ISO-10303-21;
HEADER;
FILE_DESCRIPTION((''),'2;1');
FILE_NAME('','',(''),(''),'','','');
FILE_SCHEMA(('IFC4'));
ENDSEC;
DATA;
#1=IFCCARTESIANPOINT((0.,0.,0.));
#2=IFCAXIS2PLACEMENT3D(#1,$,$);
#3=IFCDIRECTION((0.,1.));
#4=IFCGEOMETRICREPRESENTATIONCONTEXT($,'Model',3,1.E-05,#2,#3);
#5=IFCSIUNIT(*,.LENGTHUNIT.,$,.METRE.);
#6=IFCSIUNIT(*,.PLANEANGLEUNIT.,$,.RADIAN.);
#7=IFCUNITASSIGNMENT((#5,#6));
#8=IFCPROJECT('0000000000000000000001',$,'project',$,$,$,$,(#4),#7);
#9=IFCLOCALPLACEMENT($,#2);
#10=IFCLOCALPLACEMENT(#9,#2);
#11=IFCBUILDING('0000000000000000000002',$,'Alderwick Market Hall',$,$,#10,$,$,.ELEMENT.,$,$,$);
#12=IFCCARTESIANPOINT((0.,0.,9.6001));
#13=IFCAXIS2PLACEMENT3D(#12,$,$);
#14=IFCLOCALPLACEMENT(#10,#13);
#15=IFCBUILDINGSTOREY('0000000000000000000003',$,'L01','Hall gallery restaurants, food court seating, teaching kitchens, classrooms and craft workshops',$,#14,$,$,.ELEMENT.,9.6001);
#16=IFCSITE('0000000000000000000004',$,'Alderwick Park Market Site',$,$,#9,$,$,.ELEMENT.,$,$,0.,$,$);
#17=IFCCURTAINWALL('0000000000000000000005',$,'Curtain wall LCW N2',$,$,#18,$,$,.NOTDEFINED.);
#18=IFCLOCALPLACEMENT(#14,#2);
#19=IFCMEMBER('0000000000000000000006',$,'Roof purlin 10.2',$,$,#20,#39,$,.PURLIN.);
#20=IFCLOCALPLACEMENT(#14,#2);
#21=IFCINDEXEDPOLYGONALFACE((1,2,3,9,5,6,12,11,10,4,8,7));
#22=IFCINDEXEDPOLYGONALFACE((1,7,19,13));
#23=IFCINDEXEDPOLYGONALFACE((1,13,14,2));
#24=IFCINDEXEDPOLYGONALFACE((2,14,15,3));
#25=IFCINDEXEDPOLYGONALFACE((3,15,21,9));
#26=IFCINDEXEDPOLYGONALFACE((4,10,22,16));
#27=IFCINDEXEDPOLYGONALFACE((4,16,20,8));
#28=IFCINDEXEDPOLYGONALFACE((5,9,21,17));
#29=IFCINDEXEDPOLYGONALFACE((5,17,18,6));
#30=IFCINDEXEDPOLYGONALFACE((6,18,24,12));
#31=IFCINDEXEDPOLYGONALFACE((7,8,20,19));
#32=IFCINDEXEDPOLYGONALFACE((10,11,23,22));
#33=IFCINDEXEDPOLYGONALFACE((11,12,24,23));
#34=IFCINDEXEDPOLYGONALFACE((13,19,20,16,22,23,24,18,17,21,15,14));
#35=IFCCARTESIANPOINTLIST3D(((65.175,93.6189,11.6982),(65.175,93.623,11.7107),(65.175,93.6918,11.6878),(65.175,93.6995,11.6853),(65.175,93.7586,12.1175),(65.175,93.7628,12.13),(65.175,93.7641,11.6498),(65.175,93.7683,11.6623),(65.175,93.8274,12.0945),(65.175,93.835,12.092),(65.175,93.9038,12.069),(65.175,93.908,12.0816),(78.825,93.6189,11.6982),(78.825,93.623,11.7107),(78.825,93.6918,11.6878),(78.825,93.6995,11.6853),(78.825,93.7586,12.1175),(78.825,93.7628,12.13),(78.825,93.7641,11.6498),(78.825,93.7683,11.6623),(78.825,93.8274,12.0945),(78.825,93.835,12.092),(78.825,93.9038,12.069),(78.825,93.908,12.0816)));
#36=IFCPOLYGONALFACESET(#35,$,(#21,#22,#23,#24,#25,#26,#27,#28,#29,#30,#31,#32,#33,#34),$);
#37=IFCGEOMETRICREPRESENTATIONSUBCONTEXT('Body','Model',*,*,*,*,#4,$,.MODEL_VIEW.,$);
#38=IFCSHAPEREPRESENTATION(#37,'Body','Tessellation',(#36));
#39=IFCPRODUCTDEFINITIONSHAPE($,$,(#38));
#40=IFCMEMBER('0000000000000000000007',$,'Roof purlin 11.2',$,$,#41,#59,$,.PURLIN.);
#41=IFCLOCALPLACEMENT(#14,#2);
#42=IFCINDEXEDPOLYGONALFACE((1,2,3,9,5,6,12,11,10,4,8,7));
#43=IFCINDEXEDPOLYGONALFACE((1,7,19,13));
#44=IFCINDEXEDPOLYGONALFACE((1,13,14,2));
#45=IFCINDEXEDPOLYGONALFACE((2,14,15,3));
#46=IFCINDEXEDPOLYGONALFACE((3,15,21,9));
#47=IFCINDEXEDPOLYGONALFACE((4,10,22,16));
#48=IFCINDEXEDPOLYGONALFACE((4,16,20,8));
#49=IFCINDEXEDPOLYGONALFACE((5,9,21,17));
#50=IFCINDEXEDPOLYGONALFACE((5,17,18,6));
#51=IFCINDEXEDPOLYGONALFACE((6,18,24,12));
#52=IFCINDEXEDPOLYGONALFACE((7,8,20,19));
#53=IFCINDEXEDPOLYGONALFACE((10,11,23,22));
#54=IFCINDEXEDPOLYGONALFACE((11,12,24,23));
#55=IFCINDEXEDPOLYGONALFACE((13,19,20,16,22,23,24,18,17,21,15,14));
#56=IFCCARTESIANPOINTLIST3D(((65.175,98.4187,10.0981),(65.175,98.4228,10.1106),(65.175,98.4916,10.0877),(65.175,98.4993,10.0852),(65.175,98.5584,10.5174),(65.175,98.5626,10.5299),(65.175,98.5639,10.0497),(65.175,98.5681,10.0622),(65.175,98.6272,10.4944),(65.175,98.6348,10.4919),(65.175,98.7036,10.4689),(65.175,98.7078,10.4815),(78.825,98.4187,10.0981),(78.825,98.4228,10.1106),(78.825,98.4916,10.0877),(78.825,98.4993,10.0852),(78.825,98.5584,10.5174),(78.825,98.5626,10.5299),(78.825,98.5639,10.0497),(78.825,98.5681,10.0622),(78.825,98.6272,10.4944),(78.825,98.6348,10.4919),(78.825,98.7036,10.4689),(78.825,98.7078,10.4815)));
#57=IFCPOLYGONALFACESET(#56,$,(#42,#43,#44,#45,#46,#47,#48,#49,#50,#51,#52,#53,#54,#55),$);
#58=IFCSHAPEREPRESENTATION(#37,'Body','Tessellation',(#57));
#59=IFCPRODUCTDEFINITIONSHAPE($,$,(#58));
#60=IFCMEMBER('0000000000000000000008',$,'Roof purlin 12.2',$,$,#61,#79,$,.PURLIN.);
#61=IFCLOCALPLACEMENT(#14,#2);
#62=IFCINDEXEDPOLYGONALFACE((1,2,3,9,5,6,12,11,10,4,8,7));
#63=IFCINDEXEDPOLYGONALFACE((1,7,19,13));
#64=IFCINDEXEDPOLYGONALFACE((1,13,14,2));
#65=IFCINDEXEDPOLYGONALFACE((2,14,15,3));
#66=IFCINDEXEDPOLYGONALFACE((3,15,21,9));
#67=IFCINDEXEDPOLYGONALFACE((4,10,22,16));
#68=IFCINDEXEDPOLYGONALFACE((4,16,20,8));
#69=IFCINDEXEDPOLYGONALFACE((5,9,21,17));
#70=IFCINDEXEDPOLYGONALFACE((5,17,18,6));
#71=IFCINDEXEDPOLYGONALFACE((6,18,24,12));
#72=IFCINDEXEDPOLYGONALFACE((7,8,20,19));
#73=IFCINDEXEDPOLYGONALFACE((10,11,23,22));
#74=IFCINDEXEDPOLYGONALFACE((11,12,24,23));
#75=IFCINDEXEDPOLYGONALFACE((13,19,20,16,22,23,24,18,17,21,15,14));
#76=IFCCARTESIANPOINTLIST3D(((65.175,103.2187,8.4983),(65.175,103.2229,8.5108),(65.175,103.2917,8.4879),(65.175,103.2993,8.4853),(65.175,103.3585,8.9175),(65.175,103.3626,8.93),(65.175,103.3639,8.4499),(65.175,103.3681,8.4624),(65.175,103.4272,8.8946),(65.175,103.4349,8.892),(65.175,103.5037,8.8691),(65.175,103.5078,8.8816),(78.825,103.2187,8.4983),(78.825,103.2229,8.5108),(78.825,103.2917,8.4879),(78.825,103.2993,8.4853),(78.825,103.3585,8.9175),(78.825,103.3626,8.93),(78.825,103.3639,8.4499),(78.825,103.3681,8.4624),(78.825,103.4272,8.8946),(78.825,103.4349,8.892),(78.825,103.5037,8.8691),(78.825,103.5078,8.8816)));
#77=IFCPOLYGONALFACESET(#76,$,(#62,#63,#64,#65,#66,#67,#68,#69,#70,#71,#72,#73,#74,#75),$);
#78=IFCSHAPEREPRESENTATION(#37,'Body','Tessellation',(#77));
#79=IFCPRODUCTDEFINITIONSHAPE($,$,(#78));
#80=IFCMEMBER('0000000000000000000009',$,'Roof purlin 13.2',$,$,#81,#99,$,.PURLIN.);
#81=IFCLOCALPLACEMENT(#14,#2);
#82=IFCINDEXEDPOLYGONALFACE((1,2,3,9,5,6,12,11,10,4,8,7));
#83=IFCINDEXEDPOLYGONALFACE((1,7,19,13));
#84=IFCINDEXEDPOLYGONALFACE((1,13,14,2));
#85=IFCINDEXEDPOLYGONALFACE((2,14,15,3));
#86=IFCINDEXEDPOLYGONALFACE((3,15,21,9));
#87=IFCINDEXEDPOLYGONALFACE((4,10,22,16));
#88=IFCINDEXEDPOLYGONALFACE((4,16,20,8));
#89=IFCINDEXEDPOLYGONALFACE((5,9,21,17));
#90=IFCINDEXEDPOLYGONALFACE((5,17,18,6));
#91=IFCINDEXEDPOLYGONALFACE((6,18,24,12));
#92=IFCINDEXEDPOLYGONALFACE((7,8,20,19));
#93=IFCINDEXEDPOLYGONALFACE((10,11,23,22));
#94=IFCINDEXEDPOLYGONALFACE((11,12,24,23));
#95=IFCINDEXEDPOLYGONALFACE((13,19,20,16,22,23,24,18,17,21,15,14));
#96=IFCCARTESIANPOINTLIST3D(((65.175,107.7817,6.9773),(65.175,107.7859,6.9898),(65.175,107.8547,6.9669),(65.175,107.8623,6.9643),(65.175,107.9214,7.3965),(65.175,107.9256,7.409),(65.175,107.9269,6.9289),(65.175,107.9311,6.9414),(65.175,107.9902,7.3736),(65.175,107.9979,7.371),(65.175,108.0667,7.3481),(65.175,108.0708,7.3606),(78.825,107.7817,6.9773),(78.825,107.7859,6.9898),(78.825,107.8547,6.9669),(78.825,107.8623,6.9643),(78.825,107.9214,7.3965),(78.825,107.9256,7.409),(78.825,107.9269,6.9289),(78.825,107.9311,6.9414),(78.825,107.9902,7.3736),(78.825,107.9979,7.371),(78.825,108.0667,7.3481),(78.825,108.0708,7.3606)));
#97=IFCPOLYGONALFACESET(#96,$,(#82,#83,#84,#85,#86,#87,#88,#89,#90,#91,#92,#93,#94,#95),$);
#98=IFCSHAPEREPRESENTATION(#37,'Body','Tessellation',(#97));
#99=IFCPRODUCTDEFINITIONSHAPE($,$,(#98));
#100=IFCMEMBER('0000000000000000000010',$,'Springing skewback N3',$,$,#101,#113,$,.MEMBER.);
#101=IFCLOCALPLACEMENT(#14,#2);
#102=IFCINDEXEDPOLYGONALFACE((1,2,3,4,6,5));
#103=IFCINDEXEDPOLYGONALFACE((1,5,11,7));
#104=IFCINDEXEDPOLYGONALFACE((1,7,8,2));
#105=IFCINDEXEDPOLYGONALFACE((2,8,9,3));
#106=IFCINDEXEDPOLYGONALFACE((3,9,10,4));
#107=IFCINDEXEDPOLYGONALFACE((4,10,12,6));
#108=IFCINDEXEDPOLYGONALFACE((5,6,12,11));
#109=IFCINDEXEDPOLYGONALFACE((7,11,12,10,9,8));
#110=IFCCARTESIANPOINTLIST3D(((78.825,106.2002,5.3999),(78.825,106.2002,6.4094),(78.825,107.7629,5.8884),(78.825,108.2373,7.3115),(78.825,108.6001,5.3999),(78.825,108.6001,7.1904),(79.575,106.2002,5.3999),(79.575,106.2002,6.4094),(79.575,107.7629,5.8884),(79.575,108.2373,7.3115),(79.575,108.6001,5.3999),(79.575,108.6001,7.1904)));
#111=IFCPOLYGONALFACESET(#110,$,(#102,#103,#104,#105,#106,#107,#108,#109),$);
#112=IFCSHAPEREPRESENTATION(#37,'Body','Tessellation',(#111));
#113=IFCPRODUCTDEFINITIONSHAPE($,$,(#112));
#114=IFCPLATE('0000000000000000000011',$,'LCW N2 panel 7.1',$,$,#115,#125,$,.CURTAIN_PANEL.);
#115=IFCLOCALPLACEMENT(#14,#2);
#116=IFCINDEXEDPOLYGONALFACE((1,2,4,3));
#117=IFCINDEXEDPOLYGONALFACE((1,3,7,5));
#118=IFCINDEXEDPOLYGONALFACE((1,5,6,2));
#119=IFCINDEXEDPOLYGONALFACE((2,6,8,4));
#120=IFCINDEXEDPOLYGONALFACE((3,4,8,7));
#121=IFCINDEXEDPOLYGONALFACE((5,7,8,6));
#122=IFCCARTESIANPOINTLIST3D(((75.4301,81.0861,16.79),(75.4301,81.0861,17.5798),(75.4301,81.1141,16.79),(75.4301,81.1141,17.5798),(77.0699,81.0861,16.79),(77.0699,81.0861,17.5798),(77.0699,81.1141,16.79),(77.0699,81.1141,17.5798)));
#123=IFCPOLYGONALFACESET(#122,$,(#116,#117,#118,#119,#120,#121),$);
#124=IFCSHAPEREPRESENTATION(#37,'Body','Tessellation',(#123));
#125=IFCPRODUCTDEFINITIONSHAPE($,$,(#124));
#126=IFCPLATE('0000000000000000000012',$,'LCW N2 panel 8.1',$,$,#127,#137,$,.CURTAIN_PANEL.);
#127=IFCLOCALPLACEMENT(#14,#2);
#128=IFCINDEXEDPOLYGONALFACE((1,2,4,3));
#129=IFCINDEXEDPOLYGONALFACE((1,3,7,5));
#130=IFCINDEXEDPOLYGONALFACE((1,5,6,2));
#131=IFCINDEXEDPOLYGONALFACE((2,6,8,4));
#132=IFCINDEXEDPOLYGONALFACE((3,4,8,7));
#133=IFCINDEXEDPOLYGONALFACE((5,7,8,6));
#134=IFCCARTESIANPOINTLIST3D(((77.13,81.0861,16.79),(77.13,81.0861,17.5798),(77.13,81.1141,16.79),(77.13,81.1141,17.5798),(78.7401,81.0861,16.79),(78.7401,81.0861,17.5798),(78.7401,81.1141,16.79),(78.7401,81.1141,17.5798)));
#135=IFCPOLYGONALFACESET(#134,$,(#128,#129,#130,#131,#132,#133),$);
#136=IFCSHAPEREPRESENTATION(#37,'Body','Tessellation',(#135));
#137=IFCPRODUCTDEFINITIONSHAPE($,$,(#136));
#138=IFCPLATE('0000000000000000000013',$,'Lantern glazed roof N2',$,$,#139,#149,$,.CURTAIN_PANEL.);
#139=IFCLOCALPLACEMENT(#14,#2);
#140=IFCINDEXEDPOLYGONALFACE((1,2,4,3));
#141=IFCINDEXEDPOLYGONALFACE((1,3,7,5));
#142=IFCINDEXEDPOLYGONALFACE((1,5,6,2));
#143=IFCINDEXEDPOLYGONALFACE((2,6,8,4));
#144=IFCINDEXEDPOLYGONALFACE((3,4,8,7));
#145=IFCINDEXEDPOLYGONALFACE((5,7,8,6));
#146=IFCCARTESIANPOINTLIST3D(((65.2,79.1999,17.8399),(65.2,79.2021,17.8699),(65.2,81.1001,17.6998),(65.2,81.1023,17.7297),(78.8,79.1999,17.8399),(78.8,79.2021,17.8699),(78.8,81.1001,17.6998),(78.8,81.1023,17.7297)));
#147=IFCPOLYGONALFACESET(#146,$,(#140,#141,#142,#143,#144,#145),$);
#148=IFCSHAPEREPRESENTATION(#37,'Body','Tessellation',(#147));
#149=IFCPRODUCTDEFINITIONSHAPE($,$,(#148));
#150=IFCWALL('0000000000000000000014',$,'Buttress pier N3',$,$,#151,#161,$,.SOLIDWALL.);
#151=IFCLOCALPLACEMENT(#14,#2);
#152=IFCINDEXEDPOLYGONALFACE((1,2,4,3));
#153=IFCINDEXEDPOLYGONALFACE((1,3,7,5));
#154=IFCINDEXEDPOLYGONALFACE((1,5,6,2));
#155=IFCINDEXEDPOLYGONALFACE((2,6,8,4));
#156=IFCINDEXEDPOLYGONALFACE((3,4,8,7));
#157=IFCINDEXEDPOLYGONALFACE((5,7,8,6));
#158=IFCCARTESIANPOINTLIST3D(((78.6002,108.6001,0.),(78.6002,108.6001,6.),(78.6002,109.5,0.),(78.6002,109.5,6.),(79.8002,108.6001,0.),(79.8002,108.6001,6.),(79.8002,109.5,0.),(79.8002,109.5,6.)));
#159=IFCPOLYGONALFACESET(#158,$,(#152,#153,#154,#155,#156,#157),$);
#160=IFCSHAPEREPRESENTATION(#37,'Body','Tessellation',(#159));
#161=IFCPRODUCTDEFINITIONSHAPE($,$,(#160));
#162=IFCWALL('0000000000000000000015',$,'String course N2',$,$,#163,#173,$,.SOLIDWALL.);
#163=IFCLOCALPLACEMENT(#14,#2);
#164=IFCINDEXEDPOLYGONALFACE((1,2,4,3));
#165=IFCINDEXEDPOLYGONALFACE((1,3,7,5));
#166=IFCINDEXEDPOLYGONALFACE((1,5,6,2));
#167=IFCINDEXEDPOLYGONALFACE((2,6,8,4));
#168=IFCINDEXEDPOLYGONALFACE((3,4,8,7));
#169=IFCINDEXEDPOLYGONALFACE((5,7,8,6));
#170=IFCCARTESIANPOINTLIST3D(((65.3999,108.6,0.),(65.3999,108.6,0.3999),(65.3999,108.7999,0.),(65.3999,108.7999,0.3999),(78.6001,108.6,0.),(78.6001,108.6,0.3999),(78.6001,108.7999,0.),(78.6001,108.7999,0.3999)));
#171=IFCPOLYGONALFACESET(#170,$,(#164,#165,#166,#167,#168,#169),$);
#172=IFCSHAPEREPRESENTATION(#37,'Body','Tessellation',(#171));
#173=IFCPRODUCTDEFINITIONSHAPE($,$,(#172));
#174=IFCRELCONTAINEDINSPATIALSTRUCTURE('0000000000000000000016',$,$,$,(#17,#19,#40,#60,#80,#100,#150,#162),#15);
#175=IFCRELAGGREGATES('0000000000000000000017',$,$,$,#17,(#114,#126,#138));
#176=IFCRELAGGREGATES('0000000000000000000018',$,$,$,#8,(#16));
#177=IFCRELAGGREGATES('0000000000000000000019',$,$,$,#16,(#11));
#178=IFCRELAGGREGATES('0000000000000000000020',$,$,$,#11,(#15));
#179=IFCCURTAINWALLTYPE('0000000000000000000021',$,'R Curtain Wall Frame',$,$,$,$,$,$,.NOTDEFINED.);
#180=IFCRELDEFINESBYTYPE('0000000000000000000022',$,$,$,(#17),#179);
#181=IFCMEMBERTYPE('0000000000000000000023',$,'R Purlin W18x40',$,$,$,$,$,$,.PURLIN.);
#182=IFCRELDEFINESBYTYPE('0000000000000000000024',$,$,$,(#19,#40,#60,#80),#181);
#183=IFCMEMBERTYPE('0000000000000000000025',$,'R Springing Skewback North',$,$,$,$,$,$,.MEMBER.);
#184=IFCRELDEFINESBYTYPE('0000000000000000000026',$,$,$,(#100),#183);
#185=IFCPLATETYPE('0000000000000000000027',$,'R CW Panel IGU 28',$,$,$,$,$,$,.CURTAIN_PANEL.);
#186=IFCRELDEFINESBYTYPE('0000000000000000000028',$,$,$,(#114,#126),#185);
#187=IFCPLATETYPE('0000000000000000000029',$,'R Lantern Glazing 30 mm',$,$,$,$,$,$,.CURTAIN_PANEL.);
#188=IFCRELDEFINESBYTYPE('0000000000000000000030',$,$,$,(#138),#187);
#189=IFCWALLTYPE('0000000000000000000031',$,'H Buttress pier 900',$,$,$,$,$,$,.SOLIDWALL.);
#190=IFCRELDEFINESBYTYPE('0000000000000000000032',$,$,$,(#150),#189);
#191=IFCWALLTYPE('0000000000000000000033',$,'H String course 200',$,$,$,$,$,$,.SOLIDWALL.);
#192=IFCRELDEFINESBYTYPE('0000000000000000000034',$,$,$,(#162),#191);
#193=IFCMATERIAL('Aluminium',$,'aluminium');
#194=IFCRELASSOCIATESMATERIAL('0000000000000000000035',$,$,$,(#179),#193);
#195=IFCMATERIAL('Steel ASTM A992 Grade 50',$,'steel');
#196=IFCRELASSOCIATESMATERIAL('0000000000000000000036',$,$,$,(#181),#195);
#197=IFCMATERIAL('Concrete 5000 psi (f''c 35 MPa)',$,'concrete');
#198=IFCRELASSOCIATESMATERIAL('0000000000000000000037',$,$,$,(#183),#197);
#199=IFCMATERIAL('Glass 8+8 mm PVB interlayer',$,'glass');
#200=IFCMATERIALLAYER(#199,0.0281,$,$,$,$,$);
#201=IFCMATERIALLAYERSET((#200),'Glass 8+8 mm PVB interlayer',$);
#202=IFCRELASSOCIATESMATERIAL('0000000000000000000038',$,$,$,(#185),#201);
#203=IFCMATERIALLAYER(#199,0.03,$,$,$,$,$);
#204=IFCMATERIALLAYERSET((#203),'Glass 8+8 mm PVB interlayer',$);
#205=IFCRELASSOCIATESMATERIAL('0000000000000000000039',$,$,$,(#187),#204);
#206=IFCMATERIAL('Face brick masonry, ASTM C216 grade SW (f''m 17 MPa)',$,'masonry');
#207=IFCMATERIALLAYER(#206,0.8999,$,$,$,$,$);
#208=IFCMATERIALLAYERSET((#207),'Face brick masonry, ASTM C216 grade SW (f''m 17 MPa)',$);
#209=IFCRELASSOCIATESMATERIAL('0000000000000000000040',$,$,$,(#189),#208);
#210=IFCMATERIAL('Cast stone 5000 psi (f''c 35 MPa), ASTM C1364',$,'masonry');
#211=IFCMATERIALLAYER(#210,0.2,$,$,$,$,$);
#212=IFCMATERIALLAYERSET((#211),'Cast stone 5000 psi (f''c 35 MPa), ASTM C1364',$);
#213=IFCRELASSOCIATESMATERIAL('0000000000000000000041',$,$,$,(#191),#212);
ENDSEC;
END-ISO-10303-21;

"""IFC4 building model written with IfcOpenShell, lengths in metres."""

from ifc_helpers import new_model, si_unit, direction, frame, frame_2d, origin, origin_2d, place, context, subcontext, project, spatial, polyline, rectangle, i_section, outline, extrude, material, layer, layer_set, material_profile, profile_set, type_object, element, aggregate, save


model = new_model("IFC4")

# Units and contexts
model_context = context("Model", 3, precision=1e-05, world=origin(), true_north=direction((0.0, 1.0)))
body_context = subcontext(model_context, "Body", "Model", "MODEL_VIEW")
ifc_project = project(units=[si_unit("LENGTHUNIT", "METRE"), si_unit("PLANEANGLEUNIT", "RADIAN")], contexts=[model_context])

# Site, building, storey
site_placement = place(None, origin())
site = spatial("IfcSite", under=ifc_project, at=site_placement, Name="Alderwick Park Market Site", CompositionType="ELEMENT", RefElevation=0.0)
building_placement = place(site_placement, origin())
building = spatial("IfcBuilding", under=site, at=building_placement, Name="Alderwick Market Hall", CompositionType="ELEMENT")
storey_placement = place(building_placement, frame((0.0, 0.0, 9.6001)))
storey = spatial("IfcBuildingStorey", under=building, at=storey_placement, Name="L01", Description="Hall gallery restaurants, food court seating, teaching kitchens, classrooms and craft workshops", CompositionType="ELEMENT", Elevation=9.6001)

# Shared definitions
ifc_material_1 = material(Name="Concrete 5000 psi (f'c 35 MPa)", Category="concrete")

# Curtain wall
ifc_material_2 = material(Name="Aluminium", Category="aluminium")
curtain_wall_type = type_object("IfcCurtainWallType", Name="R Curtain Wall Frame", PredefinedType="NOTDEFINED", material=ifc_material_2)
curtain_wall_placement = place(storey_placement, origin())
curtain_wall = element("IfcCurtainWall", 1, at=curtain_wall_placement, inside=storey, type_object=curtain_wall_type, Name="Curtain wall LCW N2", PredefinedType="NOTDEFINED")

# Members
ifc_material_3 = material(Name="Steel ASTM A992 Grade 50", Category="steel")
ifc_material_profile_1 = material_profile(ifc_material_3, i_section(OverallWidth=0.1531, OverallDepth=0.4551, WebThickness=0.0081, FlangeThickness=0.0132, at=origin_2d()), Name="W18x40")
ifc_profile_set_1 = profile_set([ifc_material_profile_1], Name="Steel ASTM A992 Grade 50")
member_type_1 = type_object("IfcMemberType", Name="R Purlin W18x40", PredefinedType="PURLIN", material=ifc_profile_set_1)
for number, where, z_axis, x_axis, name in (
    (2, (65.175, 93.7634, 11.8899), (1.0, 0.0, 0.0), (0.0, 0.948683, -0.316228), "Roof purlin 10.2"),
    (3, (65.175, 98.5632, 10.2898), (1.0, 0.0, 0.0), (0.0, 0.948683, -0.316228), "Roof purlin 11.2"),
    (4, (65.175, 103.3633, 8.6899), (1.0, 0.0, 0.0), (0.0, 0.948683, -0.316228), "Roof purlin 12.2"),
    (5, (65.175, 107.9263, 7.1689), (1.0, 0.0, 0.0), (0.0, 0.948683, -0.316228), "Roof purlin 13.2"),
):
    element("IfcMember", number, at=place(storey_placement, frame(where, z_axis=z_axis, x_axis=x_axis)), inside=storey, type_object=member_type_1, Name=name, PredefinedType="PURLIN", context=body_context, shape_type="SweptSolid", body=[
        extrude(i_section(OverallWidth=0.1531, OverallDepth=0.4551, WebThickness=0.0081, FlangeThickness=0.0132, at=origin_2d()), origin(), (0.0, 0.0, 1.0), 13.6499),
    ])
ifc_material_profile_2 = material_profile(ifc_material_1, outline(polyline([(0.0, 0.0), (-2.3999, 0.0), (-2.3999, 1.0095), (-0.8372, 0.4885), (-0.3628, 1.9116), (0.0, 1.7905), (0.0, 0.0)])), Name="RC skewback N")
ifc_profile_set_2 = profile_set([ifc_material_profile_2], Name="Concrete 5000 psi (f'c 35 MPa)")
member_type_2 = type_object("IfcMemberType", Name="R Springing Skewback North", PredefinedType="MEMBER", material=ifc_profile_set_2)
member_1_placement = place(storey_placement, frame((78.825, 108.6001, 5.3999), z_axis=(1.0, 0.0, 0.0), x_axis=(0.0, 1.0, 0.0)))
element("IfcMember", 6, at=member_1_placement, inside=storey, type_object=member_type_2, Name="Springing skewback N3", PredefinedType="MEMBER", context=body_context, shape_type="SweptSolid", body=[
    extrude(outline(polyline([(0.0, 0.0), (-2.3999, 0.0), (-2.3999, 1.0095), (-0.8372, 0.4885), (-0.3628, 1.9116), (0.0, 1.7905), (0.0, 0.0)])), origin(), (0.0, 0.0, 1.0), 0.75),
])

# Plates
ifc_material_4 = material(Name="Glass 8+8 mm PVB interlayer", Category="glass")
ifc_layer_1 = layer(ifc_material_4, 0.0281)
ifc_layer_set_1 = layer_set([ifc_layer_1], Name="Glass 8+8 mm PVB interlayer")
plate_type_1 = type_object("IfcPlateType", Name="R CW Panel IGU 28", PredefinedType="CURTAIN_PANEL", material=ifc_layer_set_1)
plate_1_placement = place(storey_placement, frame((76.25, 81.1001, 16.79), z_axis=(0.0, 0.0, 1.0), x_axis=(1.0, 0.0, 0.0)))
plate_1 = element("IfcPlate", 7, at=plate_1_placement, type_object=plate_type_1, Name="LCW N2 panel 7.1", PredefinedType="CURTAIN_PANEL", context=body_context, shape_type="SweptSolid", body=[
    extrude(rectangle(XDim=1.6399, YDim=0.0281, at=origin_2d()), origin(), (0.0, 0.0, 1.0), 0.7898),
])
plate_2_placement = place(storey_placement, frame((77.9351, 81.1001, 16.79), z_axis=(0.0, 0.0, 1.0), x_axis=(1.0, 0.0, 0.0)))
plate_2 = element("IfcPlate", 8, at=plate_2_placement, type_object=plate_type_1, Name="LCW N2 panel 8.1", PredefinedType="CURTAIN_PANEL", context=body_context, shape_type="SweptSolid", body=[
    extrude(rectangle(XDim=1.6101, YDim=0.0281, at=origin_2d()), origin(), (0.0, 0.0, 1.0), 0.7898),
])
ifc_layer_2 = layer(ifc_material_4, 0.03)
ifc_layer_set_2 = layer_set([ifc_layer_2], Name="Glass 8+8 mm PVB interlayer")
plate_type_2 = type_object("IfcPlateType", Name="R Lantern Glazing 30 mm", PredefinedType="CURTAIN_PANEL", material=ifc_layer_set_2)
plate_3_placement = place(storey_placement, frame((65.2, 81.1023, 17.7297), z_axis=(0.0, 0.073551, 0.997291), x_axis=(1.0, 0.0, 0.0)))
plate_3 = element("IfcPlate", 9, at=plate_3_placement, type_object=plate_type_2, Name="Lantern glazed roof N2", PredefinedType="CURTAIN_PANEL", context=body_context, shape_type="SweptSolid", body=[
    extrude(outline(polyline([(0.0, 0.0), (13.6001, 0.0), (13.6001, -1.9053), (0.0, -1.9053), (0.0, 0.0)])), origin(), (0.0, 0.0, -1.0), 0.03),
])
aggregate(curtain_wall, [plate_1, plate_2, plate_3])

# Wall
ifc_material_5 = material(Name="Face brick masonry, ASTM C216 grade SW (f'm 17 MPa)", Category="masonry")
ifc_layer_3 = layer(ifc_material_5, 0.8999)
ifc_layer_set_3 = layer_set([ifc_layer_3], Name="Face brick masonry, ASTM C216 grade SW (f'm 17 MPa)")
wall_type_1 = type_object("IfcWallType", Name="H Buttress pier 900", PredefinedType="SOLIDWALL", material=ifc_layer_set_3)
wall_1_placement = place(storey_placement, frame((78.6001, 109.05, 0.0), z_axis=(0.0, 0.0, 1.0), x_axis=(1.0, 0.0, 0.0)))
element("IfcWall", 10, at=wall_1_placement, inside=storey, type_object=wall_type_1, Name="Buttress pier N3", PredefinedType="SOLIDWALL", context=body_context, shape_type="SweptSolid", body=[
    extrude(rectangle(XDim=1.2, YDim=0.8999, at=frame_2d((0.6001, 0.0))), origin(), (0.0, 0.0, 1.0), 6.0),
])

# Wall
ifc_material_6 = material(Name="Cast stone 5000 psi (f'c 35 MPa), ASTM C1364", Category="masonry")
ifc_layer_4 = layer(ifc_material_6, 0.2)
ifc_layer_set_4 = layer_set([ifc_layer_4], Name="Cast stone 5000 psi (f'c 35 MPa), ASTM C1364")
wall_type_2 = type_object("IfcWallType", Name="H String course 200", PredefinedType="SOLIDWALL", material=ifc_layer_set_4)
wall_2_placement = place(storey_placement, frame((65.3999, 108.7, 0.0), z_axis=(0.0, 0.0, 1.0), x_axis=(1.0, 0.0, 0.0)))
element("IfcWall", 11, at=wall_2_placement, inside=storey, type_object=wall_type_2, Name="String course N2", PredefinedType="SOLIDWALL", context=body_context, shape_type="SweptSolid", body=[
    extrude(rectangle(XDim=13.2002, YDim=0.2, at=frame_2d((6.6001, 0.0))), origin(), (0.0, 0.0, 1.0), 0.3999),
])

save(model, "model.ifc")
